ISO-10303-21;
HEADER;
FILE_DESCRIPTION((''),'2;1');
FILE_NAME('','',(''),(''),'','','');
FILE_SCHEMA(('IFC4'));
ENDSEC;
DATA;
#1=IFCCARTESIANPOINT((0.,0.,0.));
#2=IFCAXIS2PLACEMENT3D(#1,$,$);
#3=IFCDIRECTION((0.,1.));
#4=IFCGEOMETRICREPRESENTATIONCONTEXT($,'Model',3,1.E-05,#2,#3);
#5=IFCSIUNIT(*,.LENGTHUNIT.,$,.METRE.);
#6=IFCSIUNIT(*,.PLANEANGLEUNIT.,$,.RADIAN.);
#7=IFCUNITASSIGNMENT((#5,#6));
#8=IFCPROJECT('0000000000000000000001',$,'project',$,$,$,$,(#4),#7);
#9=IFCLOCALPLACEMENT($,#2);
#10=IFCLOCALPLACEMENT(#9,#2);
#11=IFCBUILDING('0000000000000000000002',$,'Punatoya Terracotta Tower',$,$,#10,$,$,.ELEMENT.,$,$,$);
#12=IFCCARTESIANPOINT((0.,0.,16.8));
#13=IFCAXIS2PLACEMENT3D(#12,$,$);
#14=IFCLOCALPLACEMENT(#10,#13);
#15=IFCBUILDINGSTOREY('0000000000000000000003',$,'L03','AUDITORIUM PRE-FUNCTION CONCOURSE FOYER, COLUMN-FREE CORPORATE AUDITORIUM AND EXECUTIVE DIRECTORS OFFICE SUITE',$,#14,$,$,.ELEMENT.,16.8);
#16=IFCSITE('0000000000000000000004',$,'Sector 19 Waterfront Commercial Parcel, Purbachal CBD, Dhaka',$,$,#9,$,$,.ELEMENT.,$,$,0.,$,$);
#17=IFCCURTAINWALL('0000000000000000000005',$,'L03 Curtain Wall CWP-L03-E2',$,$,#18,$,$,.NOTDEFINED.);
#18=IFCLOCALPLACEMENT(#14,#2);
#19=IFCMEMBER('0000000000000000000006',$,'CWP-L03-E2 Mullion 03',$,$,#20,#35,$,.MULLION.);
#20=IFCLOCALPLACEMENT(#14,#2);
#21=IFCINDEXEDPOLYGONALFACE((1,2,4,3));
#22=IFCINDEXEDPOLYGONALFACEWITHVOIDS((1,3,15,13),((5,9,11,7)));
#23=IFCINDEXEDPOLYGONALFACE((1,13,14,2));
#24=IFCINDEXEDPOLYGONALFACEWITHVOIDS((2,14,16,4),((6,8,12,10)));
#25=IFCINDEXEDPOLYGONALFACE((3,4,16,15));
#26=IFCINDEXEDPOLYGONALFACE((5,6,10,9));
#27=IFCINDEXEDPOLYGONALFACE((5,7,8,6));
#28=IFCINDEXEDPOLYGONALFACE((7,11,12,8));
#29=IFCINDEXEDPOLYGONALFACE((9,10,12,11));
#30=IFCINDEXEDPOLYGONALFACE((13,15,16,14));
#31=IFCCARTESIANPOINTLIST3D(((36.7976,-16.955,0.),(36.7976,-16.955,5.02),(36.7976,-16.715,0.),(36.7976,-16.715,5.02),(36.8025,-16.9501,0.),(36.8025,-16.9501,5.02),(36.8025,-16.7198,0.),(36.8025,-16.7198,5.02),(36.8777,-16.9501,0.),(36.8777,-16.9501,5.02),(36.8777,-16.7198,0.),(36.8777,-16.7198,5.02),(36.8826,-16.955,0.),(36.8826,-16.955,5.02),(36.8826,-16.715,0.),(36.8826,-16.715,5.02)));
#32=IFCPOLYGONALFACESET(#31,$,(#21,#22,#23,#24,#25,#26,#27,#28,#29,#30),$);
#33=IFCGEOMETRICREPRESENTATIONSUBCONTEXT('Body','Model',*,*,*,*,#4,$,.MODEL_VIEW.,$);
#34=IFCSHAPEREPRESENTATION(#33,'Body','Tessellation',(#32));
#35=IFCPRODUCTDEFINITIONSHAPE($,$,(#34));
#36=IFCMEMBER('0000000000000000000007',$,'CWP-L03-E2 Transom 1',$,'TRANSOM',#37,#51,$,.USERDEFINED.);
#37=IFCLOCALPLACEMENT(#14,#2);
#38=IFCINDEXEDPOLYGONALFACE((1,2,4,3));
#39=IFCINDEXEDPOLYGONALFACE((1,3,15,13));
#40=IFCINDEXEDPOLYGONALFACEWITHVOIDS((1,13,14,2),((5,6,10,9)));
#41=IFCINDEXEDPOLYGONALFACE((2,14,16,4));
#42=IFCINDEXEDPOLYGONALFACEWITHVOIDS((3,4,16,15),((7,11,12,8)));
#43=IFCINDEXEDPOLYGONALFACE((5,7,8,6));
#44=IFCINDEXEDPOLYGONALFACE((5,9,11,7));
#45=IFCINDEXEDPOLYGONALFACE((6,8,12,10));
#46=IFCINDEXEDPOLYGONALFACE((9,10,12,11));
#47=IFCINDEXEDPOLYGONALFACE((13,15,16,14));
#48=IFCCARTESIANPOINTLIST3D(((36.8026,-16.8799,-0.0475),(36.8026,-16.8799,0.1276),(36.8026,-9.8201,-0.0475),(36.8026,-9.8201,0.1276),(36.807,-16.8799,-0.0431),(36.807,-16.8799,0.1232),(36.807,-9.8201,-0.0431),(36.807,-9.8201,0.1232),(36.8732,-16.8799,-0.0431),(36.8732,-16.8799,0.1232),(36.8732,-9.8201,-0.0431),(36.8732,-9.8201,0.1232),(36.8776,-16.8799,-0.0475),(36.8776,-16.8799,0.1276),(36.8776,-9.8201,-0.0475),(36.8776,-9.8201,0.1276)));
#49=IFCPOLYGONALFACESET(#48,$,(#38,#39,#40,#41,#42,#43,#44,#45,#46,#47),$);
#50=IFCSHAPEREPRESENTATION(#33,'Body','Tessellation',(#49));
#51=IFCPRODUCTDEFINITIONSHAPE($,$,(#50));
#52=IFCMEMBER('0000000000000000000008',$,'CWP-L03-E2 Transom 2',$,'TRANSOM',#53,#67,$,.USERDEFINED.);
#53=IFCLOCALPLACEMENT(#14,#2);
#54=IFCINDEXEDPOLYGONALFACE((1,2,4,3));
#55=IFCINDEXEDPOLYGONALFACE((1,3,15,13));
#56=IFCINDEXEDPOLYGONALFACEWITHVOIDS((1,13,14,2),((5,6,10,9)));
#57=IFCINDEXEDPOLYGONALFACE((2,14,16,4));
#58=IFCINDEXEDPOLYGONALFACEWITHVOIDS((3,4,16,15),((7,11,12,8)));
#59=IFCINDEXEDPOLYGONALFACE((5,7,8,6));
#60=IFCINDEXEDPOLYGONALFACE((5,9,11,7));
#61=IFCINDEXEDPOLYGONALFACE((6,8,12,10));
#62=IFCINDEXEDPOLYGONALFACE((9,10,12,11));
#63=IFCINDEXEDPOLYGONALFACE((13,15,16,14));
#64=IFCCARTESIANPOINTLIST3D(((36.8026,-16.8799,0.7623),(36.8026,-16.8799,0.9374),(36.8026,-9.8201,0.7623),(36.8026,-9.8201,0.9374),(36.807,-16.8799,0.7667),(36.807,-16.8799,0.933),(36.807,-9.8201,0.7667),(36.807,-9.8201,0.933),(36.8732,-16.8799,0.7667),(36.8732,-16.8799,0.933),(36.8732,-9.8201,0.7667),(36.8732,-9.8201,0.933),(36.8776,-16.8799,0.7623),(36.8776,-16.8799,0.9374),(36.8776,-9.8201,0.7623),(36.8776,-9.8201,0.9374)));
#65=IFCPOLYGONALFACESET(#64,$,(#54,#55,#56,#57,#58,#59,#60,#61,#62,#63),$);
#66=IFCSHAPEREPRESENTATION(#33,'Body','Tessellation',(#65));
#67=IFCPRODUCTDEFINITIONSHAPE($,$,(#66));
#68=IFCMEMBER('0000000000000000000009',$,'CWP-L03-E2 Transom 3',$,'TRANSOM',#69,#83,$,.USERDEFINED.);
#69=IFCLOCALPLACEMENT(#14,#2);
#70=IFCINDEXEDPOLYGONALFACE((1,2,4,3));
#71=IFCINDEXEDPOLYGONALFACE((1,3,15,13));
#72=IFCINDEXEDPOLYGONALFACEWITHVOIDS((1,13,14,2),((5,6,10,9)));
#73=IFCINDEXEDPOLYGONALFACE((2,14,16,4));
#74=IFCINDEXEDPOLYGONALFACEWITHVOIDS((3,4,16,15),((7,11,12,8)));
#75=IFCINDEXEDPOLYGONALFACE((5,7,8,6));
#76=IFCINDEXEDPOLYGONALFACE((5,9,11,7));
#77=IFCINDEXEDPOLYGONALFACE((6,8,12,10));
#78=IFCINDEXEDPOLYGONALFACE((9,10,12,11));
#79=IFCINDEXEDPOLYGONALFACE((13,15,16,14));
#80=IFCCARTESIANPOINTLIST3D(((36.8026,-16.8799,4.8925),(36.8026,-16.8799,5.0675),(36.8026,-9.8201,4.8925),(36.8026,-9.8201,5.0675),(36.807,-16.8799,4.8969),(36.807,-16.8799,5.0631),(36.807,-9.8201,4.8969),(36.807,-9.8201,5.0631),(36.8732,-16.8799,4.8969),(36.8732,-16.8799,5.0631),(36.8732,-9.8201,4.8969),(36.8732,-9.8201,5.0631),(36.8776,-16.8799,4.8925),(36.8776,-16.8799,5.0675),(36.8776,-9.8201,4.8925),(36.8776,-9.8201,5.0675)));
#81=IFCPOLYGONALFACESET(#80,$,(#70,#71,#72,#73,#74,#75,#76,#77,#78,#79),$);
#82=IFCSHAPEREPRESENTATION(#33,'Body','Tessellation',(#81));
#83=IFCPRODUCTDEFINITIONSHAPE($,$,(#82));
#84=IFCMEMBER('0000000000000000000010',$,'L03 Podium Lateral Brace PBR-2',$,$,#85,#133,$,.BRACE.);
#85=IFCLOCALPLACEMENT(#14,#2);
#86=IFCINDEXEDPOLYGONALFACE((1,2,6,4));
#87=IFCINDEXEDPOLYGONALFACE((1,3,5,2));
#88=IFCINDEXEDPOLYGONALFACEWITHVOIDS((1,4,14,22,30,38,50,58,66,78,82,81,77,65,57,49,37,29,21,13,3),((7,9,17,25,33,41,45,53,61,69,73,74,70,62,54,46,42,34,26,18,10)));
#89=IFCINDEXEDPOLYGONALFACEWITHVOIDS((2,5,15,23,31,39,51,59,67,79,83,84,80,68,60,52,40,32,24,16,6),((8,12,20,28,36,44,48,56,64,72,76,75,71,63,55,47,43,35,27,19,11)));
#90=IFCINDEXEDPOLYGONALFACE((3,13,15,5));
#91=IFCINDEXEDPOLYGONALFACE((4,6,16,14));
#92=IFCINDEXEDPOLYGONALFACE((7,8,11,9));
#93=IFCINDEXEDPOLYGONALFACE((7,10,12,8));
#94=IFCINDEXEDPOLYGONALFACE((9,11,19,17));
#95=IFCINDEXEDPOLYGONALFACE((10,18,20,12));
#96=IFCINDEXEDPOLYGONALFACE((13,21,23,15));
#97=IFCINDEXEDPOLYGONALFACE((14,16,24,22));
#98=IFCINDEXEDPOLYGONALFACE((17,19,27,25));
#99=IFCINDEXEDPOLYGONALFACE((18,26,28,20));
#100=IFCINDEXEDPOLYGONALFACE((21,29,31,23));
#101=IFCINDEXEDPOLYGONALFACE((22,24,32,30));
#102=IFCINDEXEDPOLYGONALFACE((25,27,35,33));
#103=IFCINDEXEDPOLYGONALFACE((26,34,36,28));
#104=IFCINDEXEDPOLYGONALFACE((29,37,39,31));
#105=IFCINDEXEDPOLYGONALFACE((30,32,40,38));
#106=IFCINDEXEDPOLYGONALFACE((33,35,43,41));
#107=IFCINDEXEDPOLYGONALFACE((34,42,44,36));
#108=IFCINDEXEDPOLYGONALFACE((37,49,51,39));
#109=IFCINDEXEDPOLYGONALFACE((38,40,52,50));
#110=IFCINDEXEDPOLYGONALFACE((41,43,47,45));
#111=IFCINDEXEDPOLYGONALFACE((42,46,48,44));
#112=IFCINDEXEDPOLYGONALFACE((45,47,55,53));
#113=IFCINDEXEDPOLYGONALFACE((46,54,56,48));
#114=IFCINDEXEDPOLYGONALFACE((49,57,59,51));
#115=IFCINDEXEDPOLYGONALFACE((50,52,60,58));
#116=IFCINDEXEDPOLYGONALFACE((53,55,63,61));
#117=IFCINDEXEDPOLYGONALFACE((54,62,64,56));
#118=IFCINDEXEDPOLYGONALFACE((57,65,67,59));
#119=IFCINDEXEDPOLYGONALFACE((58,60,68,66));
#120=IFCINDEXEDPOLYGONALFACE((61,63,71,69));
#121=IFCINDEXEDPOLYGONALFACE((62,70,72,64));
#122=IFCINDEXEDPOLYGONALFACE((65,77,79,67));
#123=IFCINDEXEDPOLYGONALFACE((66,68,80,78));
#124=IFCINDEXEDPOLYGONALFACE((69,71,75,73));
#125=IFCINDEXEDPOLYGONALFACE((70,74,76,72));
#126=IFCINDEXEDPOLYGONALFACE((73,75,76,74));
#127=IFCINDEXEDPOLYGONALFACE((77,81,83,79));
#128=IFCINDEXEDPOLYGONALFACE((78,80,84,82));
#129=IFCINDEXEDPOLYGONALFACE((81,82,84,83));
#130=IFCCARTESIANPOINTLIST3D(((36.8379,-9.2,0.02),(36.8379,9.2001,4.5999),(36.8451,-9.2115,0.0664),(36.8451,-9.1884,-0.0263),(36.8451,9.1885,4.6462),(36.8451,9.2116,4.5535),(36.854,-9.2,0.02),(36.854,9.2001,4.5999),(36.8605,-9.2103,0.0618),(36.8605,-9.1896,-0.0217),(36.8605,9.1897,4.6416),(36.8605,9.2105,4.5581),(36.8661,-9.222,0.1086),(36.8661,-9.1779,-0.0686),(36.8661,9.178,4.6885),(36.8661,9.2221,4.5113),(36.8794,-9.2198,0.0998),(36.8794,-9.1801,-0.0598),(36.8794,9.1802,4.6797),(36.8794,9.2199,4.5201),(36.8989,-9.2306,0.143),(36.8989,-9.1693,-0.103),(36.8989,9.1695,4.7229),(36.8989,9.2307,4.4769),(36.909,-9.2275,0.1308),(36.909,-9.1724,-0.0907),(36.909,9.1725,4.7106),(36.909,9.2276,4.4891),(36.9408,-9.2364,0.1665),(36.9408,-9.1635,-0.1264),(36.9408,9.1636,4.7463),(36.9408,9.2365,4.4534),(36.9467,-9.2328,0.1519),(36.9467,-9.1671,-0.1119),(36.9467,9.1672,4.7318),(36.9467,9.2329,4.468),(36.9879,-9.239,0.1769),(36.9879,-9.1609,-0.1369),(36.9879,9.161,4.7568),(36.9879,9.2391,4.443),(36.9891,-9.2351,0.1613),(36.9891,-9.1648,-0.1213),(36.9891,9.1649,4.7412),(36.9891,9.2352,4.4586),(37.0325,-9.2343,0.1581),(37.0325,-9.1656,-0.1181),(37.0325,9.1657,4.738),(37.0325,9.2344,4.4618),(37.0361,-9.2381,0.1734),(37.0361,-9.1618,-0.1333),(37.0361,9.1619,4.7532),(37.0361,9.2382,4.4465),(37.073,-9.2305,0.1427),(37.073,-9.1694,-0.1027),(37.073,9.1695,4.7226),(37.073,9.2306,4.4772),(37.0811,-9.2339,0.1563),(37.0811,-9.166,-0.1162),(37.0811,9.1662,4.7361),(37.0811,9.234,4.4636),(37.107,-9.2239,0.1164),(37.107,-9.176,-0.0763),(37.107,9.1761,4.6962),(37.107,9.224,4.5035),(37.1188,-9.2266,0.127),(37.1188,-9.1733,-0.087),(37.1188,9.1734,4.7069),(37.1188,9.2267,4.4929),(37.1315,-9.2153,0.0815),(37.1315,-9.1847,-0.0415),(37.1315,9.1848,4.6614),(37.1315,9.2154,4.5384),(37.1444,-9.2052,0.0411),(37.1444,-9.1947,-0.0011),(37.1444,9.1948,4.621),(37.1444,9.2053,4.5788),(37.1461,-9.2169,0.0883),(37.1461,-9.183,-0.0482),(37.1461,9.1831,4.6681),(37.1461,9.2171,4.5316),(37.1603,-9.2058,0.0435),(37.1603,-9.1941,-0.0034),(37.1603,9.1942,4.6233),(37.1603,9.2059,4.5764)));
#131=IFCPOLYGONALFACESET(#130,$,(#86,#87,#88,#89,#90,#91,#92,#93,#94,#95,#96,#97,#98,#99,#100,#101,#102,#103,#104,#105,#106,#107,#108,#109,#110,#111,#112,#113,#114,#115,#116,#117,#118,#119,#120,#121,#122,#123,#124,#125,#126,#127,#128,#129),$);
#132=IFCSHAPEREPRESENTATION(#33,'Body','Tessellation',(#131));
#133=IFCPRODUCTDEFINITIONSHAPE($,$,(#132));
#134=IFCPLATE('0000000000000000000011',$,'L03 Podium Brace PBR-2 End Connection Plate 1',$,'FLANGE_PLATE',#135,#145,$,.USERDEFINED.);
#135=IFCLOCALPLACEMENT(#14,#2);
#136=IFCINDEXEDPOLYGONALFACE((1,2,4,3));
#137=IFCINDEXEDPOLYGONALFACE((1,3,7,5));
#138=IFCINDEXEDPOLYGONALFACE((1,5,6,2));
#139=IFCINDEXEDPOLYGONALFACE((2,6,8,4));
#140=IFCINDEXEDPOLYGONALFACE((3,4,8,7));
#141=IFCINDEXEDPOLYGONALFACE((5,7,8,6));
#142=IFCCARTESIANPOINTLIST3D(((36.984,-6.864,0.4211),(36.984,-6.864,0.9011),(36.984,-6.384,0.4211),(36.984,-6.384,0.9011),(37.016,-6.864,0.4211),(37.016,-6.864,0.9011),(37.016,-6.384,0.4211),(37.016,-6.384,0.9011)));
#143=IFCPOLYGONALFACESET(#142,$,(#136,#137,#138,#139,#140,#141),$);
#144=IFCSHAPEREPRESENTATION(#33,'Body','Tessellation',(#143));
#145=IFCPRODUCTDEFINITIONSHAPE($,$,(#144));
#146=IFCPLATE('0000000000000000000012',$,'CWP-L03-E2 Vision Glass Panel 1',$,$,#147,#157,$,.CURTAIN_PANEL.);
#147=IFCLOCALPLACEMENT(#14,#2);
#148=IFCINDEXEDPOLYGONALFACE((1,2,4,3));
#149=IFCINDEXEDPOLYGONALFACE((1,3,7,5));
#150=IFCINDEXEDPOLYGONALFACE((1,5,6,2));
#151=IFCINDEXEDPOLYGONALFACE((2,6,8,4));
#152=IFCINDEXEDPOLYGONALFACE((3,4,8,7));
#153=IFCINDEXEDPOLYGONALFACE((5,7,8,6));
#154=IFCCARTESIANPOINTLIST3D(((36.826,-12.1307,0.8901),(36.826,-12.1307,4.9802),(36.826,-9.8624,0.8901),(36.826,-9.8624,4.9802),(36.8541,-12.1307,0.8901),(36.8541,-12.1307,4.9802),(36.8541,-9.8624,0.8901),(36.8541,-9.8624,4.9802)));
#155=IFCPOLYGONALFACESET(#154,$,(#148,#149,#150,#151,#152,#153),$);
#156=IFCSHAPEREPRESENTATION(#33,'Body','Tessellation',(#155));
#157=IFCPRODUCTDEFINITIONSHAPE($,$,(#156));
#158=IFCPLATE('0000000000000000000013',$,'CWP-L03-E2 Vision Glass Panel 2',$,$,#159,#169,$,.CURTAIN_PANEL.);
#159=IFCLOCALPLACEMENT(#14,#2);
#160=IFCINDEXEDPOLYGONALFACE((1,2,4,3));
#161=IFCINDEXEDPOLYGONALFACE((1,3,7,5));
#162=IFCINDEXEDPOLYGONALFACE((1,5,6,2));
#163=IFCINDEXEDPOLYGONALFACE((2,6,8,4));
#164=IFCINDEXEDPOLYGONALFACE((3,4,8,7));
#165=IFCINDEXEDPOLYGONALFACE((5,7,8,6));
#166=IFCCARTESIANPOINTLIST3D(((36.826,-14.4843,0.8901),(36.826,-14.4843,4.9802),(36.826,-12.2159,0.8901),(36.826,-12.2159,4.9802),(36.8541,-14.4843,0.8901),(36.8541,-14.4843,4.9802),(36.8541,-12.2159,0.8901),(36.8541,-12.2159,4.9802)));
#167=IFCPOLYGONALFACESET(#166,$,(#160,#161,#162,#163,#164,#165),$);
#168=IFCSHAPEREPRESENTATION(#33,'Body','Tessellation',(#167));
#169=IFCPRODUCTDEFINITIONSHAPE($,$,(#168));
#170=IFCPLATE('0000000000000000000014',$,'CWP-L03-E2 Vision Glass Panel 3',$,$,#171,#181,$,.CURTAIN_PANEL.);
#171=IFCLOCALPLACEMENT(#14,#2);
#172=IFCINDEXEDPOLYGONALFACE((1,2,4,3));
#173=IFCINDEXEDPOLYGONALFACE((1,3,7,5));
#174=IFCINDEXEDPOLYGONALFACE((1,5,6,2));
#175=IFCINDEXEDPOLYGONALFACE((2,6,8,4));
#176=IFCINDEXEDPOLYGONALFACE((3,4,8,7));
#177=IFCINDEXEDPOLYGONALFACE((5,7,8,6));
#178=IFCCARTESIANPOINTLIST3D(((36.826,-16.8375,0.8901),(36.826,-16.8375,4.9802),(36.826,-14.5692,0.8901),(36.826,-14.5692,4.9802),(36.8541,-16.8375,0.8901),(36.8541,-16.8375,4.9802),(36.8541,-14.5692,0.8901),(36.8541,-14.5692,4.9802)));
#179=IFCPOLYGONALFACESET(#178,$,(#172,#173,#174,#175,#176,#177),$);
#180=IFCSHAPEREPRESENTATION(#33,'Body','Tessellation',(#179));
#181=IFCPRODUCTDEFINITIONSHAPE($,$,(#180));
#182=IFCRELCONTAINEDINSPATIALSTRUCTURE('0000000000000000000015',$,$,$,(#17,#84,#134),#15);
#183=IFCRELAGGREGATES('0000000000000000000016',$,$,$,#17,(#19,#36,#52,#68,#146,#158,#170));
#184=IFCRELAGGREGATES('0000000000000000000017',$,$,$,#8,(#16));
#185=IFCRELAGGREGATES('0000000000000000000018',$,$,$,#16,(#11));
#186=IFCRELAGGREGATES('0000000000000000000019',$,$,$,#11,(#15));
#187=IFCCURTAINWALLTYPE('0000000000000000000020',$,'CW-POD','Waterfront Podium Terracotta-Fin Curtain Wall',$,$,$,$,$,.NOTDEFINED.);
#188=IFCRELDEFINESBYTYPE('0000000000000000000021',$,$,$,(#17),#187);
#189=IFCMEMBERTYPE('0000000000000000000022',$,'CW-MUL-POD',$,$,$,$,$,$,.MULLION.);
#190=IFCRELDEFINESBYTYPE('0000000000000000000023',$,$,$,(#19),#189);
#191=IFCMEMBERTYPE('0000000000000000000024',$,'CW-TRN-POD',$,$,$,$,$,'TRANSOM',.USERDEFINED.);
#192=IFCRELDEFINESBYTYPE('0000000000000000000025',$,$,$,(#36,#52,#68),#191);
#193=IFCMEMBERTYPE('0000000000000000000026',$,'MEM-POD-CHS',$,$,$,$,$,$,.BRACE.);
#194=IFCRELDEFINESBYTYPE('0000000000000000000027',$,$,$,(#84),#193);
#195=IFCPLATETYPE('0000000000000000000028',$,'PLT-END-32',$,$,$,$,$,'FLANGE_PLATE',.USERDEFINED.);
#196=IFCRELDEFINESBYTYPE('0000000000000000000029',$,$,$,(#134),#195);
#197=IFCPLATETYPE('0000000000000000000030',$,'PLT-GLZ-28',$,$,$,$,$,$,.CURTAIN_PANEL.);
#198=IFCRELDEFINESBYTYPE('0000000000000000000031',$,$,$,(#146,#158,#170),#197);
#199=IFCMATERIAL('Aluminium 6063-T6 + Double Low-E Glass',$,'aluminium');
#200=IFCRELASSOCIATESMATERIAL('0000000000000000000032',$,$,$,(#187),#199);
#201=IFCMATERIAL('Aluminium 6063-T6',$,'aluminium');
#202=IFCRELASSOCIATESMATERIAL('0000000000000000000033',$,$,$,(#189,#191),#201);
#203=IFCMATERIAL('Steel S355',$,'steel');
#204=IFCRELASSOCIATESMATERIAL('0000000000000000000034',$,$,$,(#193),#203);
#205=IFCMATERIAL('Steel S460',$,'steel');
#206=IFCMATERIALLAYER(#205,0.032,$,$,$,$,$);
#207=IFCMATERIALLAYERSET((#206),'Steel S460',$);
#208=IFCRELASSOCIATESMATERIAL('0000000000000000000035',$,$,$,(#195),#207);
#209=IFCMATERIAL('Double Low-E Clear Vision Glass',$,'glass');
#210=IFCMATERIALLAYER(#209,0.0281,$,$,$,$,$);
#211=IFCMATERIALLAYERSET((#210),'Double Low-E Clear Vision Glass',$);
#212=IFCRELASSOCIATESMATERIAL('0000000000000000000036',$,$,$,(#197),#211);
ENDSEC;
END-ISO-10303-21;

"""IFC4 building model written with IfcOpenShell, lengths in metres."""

from ifc_helpers import new_model, si_unit, direction, frame, origin, origin_2d, place, context, subcontext, project, spatial, rectangle, hollow_rectangle, hollow_circle, extrude, material, layer, layer_set, material_profile, profile_set, type_object, element, aggregate, save


model = new_model("IFC4")

# Units and contexts
model_context = context("Model", 3, precision=1e-05, world=origin(), true_north=direction((0.0, 1.0)))
body_context = subcontext(model_context, "Body", "Model", "MODEL_VIEW")
ifc_project = project(units=[si_unit("LENGTHUNIT", "METRE"), si_unit("PLANEANGLEUNIT", "RADIAN")], contexts=[model_context])

# Site, building, storey
site_placement = place(None, origin())
site = spatial("IfcSite", under=ifc_project, at=site_placement, Name="Sector 19 Waterfront Commercial Parcel, Purbachal CBD, Dhaka", CompositionType="ELEMENT", RefElevation=0.0)
building_placement = place(site_placement, origin())
building = spatial("IfcBuilding", under=site, at=building_placement, Name="Punatoya Terracotta Tower", CompositionType="ELEMENT")
storey_placement = place(building_placement, frame((0.0, 0.0, 16.8)))
storey = spatial("IfcBuildingStorey", under=building, at=storey_placement, Name="L03", Description="AUDITORIUM PRE-FUNCTION CONCOURSE FOYER, COLUMN-FREE CORPORATE AUDITORIUM AND EXECUTIVE DIRECTORS OFFICE SUITE", CompositionType="ELEMENT", Elevation=16.8)

# Shared definitions
ifc_material_1 = material(Name="Steel S355", Category="steel")

# Curtain wall, members
ifc_material_2 = material(Name="Aluminium 6063-T6 + Double Low-E Glass", Category="aluminium")
curtain_wall_type = type_object("IfcCurtainWallType", Name="CW-POD", Description="Waterfront Podium Terracotta-Fin Curtain Wall", PredefinedType="NOTDEFINED", material=ifc_material_2)
curtain_wall_placement = place(storey_placement, origin())
curtain_wall = element("IfcCurtainWall", 1, at=curtain_wall_placement, inside=storey, type_object=curtain_wall_type, Name="L03 Curtain Wall CWP-L03-E2", PredefinedType="NOTDEFINED")
ifc_material_3 = material(Name="Aluminium 6063-T6", Category="aluminium")
ifc_material_profile_1 = material_profile(ifc_material_3, hollow_rectangle(XDim=0.085, YDim=0.24, WallThickness=0.0049, at=origin_2d()))
ifc_profile_set_1 = profile_set([ifc_material_profile_1], Name="Aluminium 6063-T6")
member_type_1 = type_object("IfcMemberType", Name="CW-MUL-POD", PredefinedType="MULLION", material=ifc_profile_set_1)
member_1_placement = place(storey_placement, frame((36.8401, -16.835, 0.0), z_axis=(0.0, 0.0, 1.0), x_axis=(1.0, 0.0, 0.0)))
member_1 = element("IfcMember", 2, at=member_1_placement, type_object=member_type_1, Name="CWP-L03-E2 Mullion 03", PredefinedType="MULLION", context=body_context, shape_type="SweptSolid", body=[
    extrude(hollow_rectangle(XDim=0.085, YDim=0.24, WallThickness=0.0049, at=origin_2d()), origin(), (0.0, 0.0, 1.0), 5.02),
])
ifc_material_profile_2 = material_profile(ifc_material_3, hollow_rectangle(XDim=0.075, YDim=0.175, WallThickness=0.0044, at=origin_2d()))
ifc_profile_set_2 = profile_set([ifc_material_profile_2], Name="Aluminium 6063-T6")
member_type_2 = type_object("IfcMemberType", Name="CW-TRN-POD", ElementType="TRANSOM", PredefinedType="USERDEFINED", material=ifc_profile_set_2)
member_2_placement = place(storey_placement, frame((36.8401, -9.8201, 0.04), z_axis=(0.0, -1.0, 0.0), x_axis=(1.0, 0.0, 0.0)))
member_2 = element("IfcMember", 3, at=member_2_placement, type_object=member_type_2, Name="CWP-L03-E2 Transom 1", ObjectType="TRANSOM", PredefinedType="USERDEFINED", context=body_context, shape_type="SweptSolid", body=[
    extrude(hollow_rectangle(XDim=0.075, YDim=0.175, WallThickness=0.0044, at=origin_2d()), origin(), (0.0, 0.0, 1.0), 7.0598),
])
member_3_placement = place(storey_placement, frame((36.8401, -9.8201, 0.8499), z_axis=(0.0, -1.0, 0.0), x_axis=(1.0, 0.0, 0.0)))
member_3 = element("IfcMember", 4, at=member_3_placement, type_object=member_type_2, Name="CWP-L03-E2 Transom 2", ObjectType="TRANSOM", PredefinedType="USERDEFINED", context=body_context, shape_type="SweptSolid", body=[
    extrude(hollow_rectangle(XDim=0.075, YDim=0.175, WallThickness=0.0044, at=origin_2d()), origin(), (0.0, 0.0, 1.0), 7.0598),
])
member_4_placement = place(storey_placement, frame((36.8401, -9.8201, 4.98), z_axis=(0.0, -1.0, 0.0), x_axis=(1.0, 0.0, 0.0)))
member_4 = element("IfcMember", 5, at=member_4_placement, type_object=member_type_2, Name="CWP-L03-E2 Transom 3", ObjectType="TRANSOM", PredefinedType="USERDEFINED", context=body_context, shape_type="SweptSolid", body=[
    extrude(hollow_rectangle(XDim=0.075, YDim=0.175, WallThickness=0.0044, at=origin_2d()), origin(), (0.0, 0.0, 1.0), 7.0598),
])

# Member
ifc_material_profile_3 = material_profile(ifc_material_1, hollow_circle(Radius=0.1621, WallThickness=0.0161, at=origin_2d()))
ifc_profile_set_3 = profile_set([ifc_material_profile_3], Name="Steel S355")
member_type_3 = type_object("IfcMemberType", Name="MEM-POD-CHS", PredefinedType="BRACE", material=ifc_profile_set_3)
member_5_placement = place(storey_placement, frame((37.0, -9.2, 0.02), z_axis=(0.0, 0.970392, 0.241536), x_axis=(-1.0, 0.0, 0.0)))
element("IfcMember", 6, at=member_5_placement, inside=storey, type_object=member_type_3, Name="L03 Podium Lateral Brace PBR-2", PredefinedType="BRACE", context=body_context, shape_type="SweptSolid", body=[
    extrude(hollow_circle(Radius=0.1621, WallThickness=0.0161, at=origin_2d()), origin(), (0.0, 0.0, 1.0), 18.9614),
])

# Plates
ifc_material_4 = material(Name="Steel S460", Category="steel")
ifc_layer_1 = layer(ifc_material_4, 0.032)
ifc_layer_set_1 = layer_set([ifc_layer_1], Name="Steel S460")
plate_type_1 = type_object("IfcPlateType", Name="PLT-END-32", ElementType="FLANGE_PLATE", PredefinedType="USERDEFINED", material=ifc_layer_set_1)
plate_1_placement = place(storey_placement, frame((37.0, -6.624, 0.4211), z_axis=(0.0, 0.0, 1.0), x_axis=(1.0, 0.0, 0.0)))
element("IfcPlate", 7, at=plate_1_placement, inside=storey, type_object=plate_type_1, Name="L03 Podium Brace PBR-2 End Connection Plate 1", ObjectType="FLANGE_PLATE", PredefinedType="USERDEFINED", context=body_context, shape_type="SweptSolid", body=[
    extrude(rectangle(XDim=0.032, YDim=0.48, at=origin_2d()), origin(), (0.0, 0.0, 1.0), 0.48),
])
ifc_material_5 = material(Name="Double Low-E Clear Vision Glass", Category="glass")
ifc_layer_2 = layer(ifc_material_5, 0.0281)
ifc_layer_set_2 = layer_set([ifc_layer_2], Name="Double Low-E Clear Vision Glass")
plate_type_2 = type_object("IfcPlateType", Name="PLT-GLZ-28", PredefinedType="CURTAIN_PANEL", material=ifc_layer_set_2)
plate_2_placement = place(storey_placement, frame((36.8401, -10.9966, 0.8901), z_axis=(0.0, 0.0, 1.0), x_axis=(0.0, -1.0, 0.0)))
plate_2 = element("IfcPlate", 8, at=plate_2_placement, type_object=plate_type_2, Name="CWP-L03-E2 Vision Glass Panel 1", PredefinedType="CURTAIN_PANEL", context=body_context, shape_type="SweptSolid", body=[
    extrude(rectangle(XDim=2.2683, YDim=0.0281, at=origin_2d()), origin(), (0.0, 0.0, 1.0), 4.0901),
])
plate_3_placement = place(storey_placement, frame((36.8401, -13.3501, 0.8901), z_axis=(0.0, 0.0, 1.0), x_axis=(0.0, -1.0, 0.0)))
plate_3 = element("IfcPlate", 9, at=plate_3_placement, type_object=plate_type_2, Name="CWP-L03-E2 Vision Glass Panel 2", PredefinedType="CURTAIN_PANEL", context=body_context, shape_type="SweptSolid", body=[
    extrude(rectangle(XDim=2.2683, YDim=0.0281, at=origin_2d()), origin(), (0.0, 0.0, 1.0), 4.0901),
])
plate_4_placement = place(storey_placement, frame((36.8401, -15.7034, 0.8901), z_axis=(0.0, 0.0, 1.0), x_axis=(0.0, -1.0, 0.0)))
plate_4 = element("IfcPlate", 10, at=plate_4_placement, type_object=plate_type_2, Name="CWP-L03-E2 Vision Glass Panel 3", PredefinedType="CURTAIN_PANEL", context=body_context, shape_type="SweptSolid", body=[
    extrude(rectangle(XDim=2.2683, YDim=0.0281, at=origin_2d()), origin(), (0.0, 0.0, 1.0), 4.0901),
])
aggregate(curtain_wall, [member_1, member_2, member_3, member_4, plate_2, plate_3, plate_4])

save(model, "model.ifc")
